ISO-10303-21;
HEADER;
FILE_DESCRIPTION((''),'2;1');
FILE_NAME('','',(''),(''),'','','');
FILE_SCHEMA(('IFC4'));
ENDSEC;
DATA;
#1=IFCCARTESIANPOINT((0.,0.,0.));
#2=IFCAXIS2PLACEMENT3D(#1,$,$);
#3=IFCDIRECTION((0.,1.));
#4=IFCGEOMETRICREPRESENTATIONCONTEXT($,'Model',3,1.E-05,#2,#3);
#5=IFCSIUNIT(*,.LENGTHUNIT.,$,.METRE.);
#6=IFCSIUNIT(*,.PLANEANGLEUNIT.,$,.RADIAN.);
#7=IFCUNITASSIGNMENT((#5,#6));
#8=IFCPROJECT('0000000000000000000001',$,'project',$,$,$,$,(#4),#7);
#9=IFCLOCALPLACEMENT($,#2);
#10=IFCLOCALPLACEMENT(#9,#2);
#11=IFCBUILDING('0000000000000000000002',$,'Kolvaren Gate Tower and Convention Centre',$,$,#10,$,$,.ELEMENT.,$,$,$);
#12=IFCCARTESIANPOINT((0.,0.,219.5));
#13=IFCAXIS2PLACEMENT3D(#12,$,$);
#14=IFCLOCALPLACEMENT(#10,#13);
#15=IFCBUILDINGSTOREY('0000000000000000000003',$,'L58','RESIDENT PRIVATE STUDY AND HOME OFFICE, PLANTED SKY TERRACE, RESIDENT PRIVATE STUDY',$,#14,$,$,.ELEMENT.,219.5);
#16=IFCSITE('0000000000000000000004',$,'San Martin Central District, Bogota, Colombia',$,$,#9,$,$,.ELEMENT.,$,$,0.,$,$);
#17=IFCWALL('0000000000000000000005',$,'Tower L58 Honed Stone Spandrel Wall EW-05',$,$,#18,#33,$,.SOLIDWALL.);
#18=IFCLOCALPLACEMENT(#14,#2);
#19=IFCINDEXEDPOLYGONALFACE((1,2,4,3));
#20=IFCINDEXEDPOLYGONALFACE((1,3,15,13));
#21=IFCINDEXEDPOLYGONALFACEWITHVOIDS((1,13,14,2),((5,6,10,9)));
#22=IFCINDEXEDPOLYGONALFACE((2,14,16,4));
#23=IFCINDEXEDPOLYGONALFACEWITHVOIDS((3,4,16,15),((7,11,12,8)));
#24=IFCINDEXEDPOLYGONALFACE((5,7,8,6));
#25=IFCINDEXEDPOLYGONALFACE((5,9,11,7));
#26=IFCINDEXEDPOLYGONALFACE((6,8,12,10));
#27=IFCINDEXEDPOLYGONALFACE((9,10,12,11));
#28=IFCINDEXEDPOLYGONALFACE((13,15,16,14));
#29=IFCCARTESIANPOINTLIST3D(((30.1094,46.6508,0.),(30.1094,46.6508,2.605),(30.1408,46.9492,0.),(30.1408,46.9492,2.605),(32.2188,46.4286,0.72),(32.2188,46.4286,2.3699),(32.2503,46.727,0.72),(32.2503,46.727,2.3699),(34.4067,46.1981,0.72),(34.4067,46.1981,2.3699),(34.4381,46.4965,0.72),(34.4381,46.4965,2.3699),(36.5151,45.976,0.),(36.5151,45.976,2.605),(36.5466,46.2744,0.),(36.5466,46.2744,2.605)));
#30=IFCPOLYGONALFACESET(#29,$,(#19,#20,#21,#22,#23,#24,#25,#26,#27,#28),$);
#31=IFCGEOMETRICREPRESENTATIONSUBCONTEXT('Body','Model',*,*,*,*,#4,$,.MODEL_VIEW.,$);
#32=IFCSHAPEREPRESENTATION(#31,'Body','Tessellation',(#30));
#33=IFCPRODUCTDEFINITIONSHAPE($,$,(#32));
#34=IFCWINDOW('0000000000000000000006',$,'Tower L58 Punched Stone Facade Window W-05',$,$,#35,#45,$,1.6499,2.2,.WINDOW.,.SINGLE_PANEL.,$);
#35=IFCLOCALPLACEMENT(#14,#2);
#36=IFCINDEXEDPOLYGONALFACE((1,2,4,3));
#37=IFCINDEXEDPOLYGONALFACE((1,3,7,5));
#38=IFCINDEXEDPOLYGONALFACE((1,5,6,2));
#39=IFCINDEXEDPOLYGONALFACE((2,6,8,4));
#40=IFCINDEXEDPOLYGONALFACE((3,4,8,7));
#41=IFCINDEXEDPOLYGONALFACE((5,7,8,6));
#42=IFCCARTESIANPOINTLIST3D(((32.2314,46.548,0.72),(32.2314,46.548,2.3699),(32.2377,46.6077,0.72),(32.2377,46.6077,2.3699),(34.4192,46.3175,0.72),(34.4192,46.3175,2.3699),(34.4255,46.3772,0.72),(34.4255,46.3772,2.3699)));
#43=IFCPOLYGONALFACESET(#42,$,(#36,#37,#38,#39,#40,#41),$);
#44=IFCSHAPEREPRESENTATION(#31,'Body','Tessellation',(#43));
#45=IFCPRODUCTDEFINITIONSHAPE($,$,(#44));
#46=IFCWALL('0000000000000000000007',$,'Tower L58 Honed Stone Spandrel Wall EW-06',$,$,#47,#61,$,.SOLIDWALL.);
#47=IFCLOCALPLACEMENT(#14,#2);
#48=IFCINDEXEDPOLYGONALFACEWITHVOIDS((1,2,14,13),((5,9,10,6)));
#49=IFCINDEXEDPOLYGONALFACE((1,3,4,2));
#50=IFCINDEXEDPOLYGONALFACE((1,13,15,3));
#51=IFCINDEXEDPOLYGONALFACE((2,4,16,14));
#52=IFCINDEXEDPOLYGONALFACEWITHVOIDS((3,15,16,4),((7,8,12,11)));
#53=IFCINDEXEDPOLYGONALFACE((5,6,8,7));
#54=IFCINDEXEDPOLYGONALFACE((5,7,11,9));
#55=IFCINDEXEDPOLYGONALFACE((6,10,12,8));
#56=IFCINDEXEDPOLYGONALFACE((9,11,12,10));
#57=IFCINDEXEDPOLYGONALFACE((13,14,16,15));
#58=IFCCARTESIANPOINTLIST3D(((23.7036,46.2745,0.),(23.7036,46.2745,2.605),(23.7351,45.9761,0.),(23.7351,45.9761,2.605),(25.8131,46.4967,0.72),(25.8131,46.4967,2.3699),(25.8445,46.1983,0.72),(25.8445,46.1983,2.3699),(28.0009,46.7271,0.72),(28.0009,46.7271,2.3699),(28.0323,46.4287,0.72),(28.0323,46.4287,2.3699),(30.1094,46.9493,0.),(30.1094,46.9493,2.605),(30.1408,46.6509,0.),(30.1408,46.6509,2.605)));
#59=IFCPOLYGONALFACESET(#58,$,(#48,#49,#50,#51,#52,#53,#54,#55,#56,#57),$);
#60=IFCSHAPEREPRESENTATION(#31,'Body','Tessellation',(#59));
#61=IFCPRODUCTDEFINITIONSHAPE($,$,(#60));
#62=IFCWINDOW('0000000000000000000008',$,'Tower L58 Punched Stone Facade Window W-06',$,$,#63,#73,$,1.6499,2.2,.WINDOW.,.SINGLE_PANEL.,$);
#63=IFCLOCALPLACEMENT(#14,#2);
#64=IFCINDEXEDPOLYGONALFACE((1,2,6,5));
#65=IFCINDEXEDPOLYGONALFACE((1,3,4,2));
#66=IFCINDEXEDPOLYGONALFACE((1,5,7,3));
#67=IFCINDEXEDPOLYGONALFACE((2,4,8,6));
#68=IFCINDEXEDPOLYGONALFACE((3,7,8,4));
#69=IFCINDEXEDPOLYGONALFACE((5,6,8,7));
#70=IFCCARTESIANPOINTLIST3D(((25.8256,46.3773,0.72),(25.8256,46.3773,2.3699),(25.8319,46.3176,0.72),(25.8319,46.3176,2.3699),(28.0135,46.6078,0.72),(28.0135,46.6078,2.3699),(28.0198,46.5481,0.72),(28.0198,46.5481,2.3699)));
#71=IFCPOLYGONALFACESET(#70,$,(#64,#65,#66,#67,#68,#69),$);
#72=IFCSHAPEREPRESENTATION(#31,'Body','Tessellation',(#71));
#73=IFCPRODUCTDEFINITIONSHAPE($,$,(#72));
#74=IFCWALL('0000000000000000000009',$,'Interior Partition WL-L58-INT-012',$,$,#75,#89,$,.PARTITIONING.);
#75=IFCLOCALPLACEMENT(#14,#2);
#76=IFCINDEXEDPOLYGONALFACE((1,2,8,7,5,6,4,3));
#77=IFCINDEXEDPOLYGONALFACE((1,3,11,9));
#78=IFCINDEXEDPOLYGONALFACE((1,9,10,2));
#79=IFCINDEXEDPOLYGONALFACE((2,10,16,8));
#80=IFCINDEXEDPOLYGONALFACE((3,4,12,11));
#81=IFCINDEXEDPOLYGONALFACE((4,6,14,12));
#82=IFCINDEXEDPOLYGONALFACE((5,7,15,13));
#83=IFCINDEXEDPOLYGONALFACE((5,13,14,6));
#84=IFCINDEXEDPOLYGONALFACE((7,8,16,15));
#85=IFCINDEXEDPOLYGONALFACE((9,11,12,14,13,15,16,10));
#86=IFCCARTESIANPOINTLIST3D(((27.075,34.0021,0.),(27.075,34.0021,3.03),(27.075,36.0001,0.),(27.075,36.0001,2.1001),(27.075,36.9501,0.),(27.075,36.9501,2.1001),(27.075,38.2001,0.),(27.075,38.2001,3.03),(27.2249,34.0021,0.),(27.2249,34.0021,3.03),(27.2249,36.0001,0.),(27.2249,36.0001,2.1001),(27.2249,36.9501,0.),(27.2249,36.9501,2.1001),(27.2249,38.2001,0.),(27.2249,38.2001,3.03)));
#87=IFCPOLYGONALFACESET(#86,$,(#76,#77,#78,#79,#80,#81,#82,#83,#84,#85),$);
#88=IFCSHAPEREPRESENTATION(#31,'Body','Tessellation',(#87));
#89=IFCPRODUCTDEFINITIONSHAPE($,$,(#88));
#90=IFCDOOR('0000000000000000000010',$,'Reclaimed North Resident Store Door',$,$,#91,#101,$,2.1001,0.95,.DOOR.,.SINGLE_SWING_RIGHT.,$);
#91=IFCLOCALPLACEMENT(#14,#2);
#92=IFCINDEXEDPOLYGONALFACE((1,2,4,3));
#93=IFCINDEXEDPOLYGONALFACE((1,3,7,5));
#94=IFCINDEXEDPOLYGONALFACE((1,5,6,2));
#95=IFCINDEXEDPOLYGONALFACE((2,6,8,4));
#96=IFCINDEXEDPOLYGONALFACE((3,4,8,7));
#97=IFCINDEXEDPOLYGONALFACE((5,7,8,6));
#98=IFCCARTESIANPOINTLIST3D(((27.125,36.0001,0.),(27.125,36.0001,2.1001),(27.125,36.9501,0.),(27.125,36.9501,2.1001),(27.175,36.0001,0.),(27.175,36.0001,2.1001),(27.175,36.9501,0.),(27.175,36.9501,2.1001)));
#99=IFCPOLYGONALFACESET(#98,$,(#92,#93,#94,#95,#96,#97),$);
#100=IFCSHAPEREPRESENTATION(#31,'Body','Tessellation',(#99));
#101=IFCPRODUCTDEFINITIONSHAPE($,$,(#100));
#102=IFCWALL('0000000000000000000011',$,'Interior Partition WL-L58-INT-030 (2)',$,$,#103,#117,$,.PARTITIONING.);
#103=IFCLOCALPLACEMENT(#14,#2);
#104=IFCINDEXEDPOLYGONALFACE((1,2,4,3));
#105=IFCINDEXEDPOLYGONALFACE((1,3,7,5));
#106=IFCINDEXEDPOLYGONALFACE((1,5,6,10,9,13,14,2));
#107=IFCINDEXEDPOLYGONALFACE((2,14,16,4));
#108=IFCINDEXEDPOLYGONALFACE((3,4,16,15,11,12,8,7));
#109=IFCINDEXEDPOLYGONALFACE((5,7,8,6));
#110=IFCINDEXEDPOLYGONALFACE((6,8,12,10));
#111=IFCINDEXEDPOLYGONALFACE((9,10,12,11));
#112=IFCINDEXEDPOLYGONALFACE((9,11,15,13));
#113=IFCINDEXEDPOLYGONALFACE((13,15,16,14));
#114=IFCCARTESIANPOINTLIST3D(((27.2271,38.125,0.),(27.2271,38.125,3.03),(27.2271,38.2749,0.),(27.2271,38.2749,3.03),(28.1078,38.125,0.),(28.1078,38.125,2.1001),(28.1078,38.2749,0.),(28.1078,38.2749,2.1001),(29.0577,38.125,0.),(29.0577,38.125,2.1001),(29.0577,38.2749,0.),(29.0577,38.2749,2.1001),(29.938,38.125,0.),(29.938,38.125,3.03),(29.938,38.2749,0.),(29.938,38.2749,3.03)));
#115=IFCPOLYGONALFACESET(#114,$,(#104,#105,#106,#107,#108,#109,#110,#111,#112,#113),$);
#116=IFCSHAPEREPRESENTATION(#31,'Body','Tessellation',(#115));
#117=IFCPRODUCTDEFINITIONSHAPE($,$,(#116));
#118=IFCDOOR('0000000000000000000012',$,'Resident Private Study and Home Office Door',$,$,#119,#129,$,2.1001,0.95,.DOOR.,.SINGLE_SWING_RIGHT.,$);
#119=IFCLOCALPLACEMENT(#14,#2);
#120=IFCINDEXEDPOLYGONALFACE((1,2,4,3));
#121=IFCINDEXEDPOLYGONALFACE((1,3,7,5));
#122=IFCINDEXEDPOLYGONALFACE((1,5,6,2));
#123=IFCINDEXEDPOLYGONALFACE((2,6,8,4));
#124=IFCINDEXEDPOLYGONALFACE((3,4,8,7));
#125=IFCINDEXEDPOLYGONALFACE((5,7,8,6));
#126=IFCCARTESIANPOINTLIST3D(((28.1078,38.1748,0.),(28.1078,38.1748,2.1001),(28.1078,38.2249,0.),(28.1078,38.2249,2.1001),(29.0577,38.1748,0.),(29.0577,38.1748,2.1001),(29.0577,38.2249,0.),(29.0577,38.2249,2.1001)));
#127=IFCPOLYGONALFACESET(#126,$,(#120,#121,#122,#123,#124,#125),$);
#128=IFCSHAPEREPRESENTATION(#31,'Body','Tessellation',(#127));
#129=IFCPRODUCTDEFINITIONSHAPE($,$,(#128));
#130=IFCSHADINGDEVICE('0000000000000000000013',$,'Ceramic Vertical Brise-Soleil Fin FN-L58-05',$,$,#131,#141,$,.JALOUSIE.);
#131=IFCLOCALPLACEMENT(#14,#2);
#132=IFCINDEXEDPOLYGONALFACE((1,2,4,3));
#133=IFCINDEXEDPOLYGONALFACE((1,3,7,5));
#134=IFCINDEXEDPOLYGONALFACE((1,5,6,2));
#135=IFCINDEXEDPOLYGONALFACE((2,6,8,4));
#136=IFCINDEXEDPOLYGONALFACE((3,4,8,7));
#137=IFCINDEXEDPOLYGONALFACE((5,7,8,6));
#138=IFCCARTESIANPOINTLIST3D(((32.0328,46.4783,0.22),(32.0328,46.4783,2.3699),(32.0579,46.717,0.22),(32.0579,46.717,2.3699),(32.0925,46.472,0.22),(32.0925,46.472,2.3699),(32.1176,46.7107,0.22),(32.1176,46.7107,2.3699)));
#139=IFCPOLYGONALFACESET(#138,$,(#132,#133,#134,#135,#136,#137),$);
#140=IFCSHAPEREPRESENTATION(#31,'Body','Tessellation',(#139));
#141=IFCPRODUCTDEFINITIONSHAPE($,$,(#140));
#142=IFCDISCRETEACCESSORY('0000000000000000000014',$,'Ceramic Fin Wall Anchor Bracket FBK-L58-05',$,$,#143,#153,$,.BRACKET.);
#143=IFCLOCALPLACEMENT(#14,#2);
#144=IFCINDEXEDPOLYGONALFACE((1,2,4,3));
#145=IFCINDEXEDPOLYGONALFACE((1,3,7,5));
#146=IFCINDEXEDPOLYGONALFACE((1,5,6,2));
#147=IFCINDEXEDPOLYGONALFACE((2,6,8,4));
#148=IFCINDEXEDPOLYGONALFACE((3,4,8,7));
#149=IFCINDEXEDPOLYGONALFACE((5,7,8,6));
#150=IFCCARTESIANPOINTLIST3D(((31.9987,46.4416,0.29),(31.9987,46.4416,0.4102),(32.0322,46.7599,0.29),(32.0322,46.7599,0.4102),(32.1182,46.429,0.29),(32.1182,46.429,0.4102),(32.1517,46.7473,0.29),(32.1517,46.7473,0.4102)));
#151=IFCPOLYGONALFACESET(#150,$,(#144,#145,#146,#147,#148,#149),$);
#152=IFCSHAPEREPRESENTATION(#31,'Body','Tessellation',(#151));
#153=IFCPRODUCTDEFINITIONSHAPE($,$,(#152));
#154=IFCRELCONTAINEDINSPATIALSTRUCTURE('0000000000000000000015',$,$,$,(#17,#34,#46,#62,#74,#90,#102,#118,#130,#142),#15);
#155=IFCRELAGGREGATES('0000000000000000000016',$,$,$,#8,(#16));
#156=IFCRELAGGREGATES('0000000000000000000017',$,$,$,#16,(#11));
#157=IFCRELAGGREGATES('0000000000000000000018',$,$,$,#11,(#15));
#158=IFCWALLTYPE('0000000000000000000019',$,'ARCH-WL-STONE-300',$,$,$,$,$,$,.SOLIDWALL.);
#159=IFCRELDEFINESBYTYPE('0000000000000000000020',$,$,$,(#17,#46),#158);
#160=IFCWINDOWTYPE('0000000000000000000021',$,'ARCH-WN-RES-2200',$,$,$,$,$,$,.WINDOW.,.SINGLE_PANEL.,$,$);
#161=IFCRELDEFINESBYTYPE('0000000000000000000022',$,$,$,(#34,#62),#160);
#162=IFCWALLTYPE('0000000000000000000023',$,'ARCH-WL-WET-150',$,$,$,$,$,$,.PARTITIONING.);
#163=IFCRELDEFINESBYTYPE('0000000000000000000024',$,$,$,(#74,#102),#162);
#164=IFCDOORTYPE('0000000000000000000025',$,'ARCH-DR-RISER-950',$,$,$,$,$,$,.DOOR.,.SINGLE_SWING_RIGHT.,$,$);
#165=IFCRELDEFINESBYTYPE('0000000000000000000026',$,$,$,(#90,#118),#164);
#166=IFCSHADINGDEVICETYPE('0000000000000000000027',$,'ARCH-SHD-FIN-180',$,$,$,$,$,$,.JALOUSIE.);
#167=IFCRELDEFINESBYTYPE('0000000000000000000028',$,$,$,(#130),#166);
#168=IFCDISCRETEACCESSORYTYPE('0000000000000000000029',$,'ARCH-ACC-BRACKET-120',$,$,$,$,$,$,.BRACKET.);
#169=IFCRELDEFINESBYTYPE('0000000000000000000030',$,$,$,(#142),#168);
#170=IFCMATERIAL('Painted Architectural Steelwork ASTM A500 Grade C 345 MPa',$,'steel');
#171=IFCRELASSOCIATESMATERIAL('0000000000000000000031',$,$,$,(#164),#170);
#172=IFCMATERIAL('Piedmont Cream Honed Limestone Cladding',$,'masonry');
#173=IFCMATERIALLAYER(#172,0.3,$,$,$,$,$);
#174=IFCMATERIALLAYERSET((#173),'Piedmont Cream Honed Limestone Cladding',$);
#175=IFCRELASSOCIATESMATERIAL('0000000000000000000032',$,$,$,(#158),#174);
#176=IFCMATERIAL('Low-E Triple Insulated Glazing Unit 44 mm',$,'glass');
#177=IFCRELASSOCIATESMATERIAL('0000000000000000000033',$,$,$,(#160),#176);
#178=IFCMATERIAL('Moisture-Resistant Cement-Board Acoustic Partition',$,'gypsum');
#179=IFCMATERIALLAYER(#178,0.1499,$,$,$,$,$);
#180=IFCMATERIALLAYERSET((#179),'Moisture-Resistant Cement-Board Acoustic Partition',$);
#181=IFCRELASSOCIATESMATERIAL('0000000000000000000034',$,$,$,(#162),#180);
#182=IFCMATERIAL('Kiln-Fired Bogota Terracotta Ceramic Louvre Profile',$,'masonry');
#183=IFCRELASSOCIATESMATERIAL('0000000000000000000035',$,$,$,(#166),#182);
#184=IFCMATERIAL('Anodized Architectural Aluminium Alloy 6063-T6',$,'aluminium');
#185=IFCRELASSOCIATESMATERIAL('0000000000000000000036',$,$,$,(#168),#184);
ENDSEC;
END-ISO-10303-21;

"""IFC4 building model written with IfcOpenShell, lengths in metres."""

from ifc_helpers import new_model, si_unit, direction, frame, frame_2d, origin, origin_2d, place, context, subcontext, project, spatial, rectangle, extrude, material, layer, layer_set, type_object, element, fill, save


model = new_model("IFC4")

# Units and contexts
model_context = context("Model", 3, precision=1e-05, world=origin(), true_north=direction((0.0, 1.0)))
body_context = subcontext(model_context, "Body", "Model", "MODEL_VIEW")
ifc_project = project(units=[si_unit("LENGTHUNIT", "METRE"), si_unit("PLANEANGLEUNIT", "RADIAN")], contexts=[model_context])

# Site, building, storey
site_placement = place(None, origin())
site = spatial("IfcSite", under=ifc_project, at=site_placement, Name="San Martin Central District, Bogota, Colombia", CompositionType="ELEMENT", RefElevation=0.0)
building_placement = place(site_placement, origin())
building = spatial("IfcBuilding", under=site, at=building_placement, Name="Kolvaren Gate Tower and Convention Centre", CompositionType="ELEMENT")
storey_placement = place(building_placement, frame((0.0, 0.0, 219.5)))
storey = spatial("IfcBuildingStorey", under=building, at=storey_placement, Name="L58", Description="RESIDENT PRIVATE STUDY AND HOME OFFICE, PLANTED SKY TERRACE, RESIDENT PRIVATE STUDY", CompositionType="ELEMENT", Elevation=219.5)

# Shared definitions
ifc_material_1 = material(Name="Painted Architectural Steelwork ASTM A500 Grade C 345 MPa", Category="steel")
door_type = type_object("IfcDoorType", Name="ARCH-DR-RISER-950", OperationType="SINGLE_SWING_RIGHT", PredefinedType="DOOR", material=ifc_material_1)

# Shared definitions
ifc_material_2 = material(Name="Piedmont Cream Honed Limestone Cladding", Category="masonry")

# Walls, openings, windows
ifc_layer_1 = layer(ifc_material_2, 0.3)
ifc_layer_set_1 = layer_set([ifc_layer_1], Name="Piedmont Cream Honed Limestone Cladding")
wall_type_1 = type_object("IfcWallType", Name="ARCH-WL-STONE-300", PredefinedType="SOLIDWALL", material=ifc_layer_set_1)
ifc_material_3 = material(Name="Low-E Triple Insulated Glazing Unit 44 mm", Category="glass")
window_type = type_object("IfcWindowType", Name="ARCH-WN-RES-2200", PartitioningType="SINGLE_PANEL", PredefinedType="WINDOW", material=ifc_material_3)
wall_1_placement = place(storey_placement, frame((30.125, 46.8, 0.0), z_axis=(0.0, 0.0, 1.0), x_axis=(0.994497, -0.104764, 0.0)))
wall_1 = element("IfcWall", 1, at=wall_1_placement, inside=storey, type_object=wall_type_1, Name="Tower L58 Honed Stone Spandrel Wall EW-05", PredefinedType="SOLIDWALL", context=body_context, shape_type="SweptSolid", body=[
    extrude(rectangle(XDim=6.4412, YDim=0.3, at=frame_2d((3.2207, 0.0))), origin(), (0.0, 0.0, 1.0), 2.605),
])
opening_1_placement = place(wall_1_placement, frame((2.1211, 0.0, 0.72)))
opening_1 = element("IfcOpeningElement", 2, at=opening_1_placement, cuts=wall_1, PredefinedType="OPENING", context=body_context, shape_type="SweptSolid", body=[
    extrude(rectangle(XDim=2.2, YDim=1.6499, at=frame_2d((1.1001, 0.825))), frame((0.0, 0.1599, 0.0), z_axis=(0.0, -1.0, 0.0), x_axis=(1.0, 0.0, 0.0)), (0.0, 0.0, 1.0), 0.3201),
])
window_1_placement = place(opening_1_placement, origin())
window_1 = element("IfcWindow", 3, at=window_1_placement, inside=storey, type_object=window_type, Name="Tower L58 Punched Stone Facade Window W-05", OverallHeight=1.6499, OverallWidth=2.2, PartitioningType="SINGLE_PANEL", PredefinedType="WINDOW", context=body_context, shape_type="SweptSolid", body=[
    extrude(rectangle(XDim=2.2, YDim=1.6499, at=frame_2d((1.1001, 0.825))), frame((0.0, 0.03, 0.0), z_axis=(0.0, -1.0, 0.0), x_axis=(1.0, 0.0, 0.0)), (0.0, 0.0, 1.0), 0.0601),
])
fill(opening_1, window_1)
wall_2_placement = place(storey_placement, frame((23.7192, 46.1252, 0.0), z_axis=(0.0, 0.0, 1.0), x_axis=(0.994497, 0.104764, 0.0)))
wall_2 = element("IfcWall", 4, at=wall_2_placement, inside=storey, type_object=wall_type_1, Name="Tower L58 Honed Stone Spandrel Wall EW-06", PredefinedType="SOLIDWALL", context=body_context, shape_type="SweptSolid", body=[
    extrude(rectangle(XDim=6.4412, YDim=0.3, at=frame_2d((3.2207, 0.0))), origin(), (0.0, 0.0, 1.0), 2.605),
])
opening_2_placement = place(wall_2_placement, frame((2.1211, 0.0, 0.72)))
opening_2 = element("IfcOpeningElement", 5, at=opening_2_placement, cuts=wall_2, PredefinedType="OPENING", context=body_context, shape_type="SweptSolid", body=[
    extrude(rectangle(XDim=2.2, YDim=1.6499, at=frame_2d((1.1001, 0.825))), frame((0.0, 0.1599, 0.0), z_axis=(0.0, -1.0, 0.0), x_axis=(1.0, 0.0, 0.0)), (0.0, 0.0, 1.0), 0.3201),
])
window_2_placement = place(opening_2_placement, origin())
window_2 = element("IfcWindow", 6, at=window_2_placement, inside=storey, type_object=window_type, Name="Tower L58 Punched Stone Facade Window W-06", OverallHeight=1.6499, OverallWidth=2.2, PartitioningType="SINGLE_PANEL", PredefinedType="WINDOW", context=body_context, shape_type="SweptSolid", body=[
    extrude(rectangle(XDim=2.2, YDim=1.6499, at=frame_2d((1.1001, 0.825))), frame((0.0, 0.03, 0.0), z_axis=(0.0, -1.0, 0.0), x_axis=(1.0, 0.0, 0.0)), (0.0, 0.0, 1.0), 0.0601),
])
fill(opening_2, window_2)

# Walls, openings, doors
ifc_material_4 = material(Name="Moisture-Resistant Cement-Board Acoustic Partition", Category="gypsum")
ifc_layer_2 = layer(ifc_material_4, 0.1499)
ifc_layer_set_2 = layer_set([ifc_layer_2], Name="Moisture-Resistant Cement-Board Acoustic Partition")
wall_type_2 = type_object("IfcWallType", Name="ARCH-WL-WET-150", PredefinedType="PARTITIONING", material=ifc_layer_set_2)
wall_3_placement = place(storey_placement, frame((27.1499, 34.002, 0.0), z_axis=(0.0, 0.0, 1.0), x_axis=(0.0, 1.0, 0.0)))
wall_3 = element("IfcWall", 7, at=wall_3_placement, inside=storey, type_object=wall_type_2, Name="Interior Partition WL-L58-INT-012", PredefinedType="PARTITIONING", context=body_context, shape_type="SweptSolid", body=[
    extrude(rectangle(XDim=4.198, YDim=0.1499, at=frame_2d((2.0991, 0.0))), origin(), (0.0, 0.0, 1.0), 3.03),
])
opening_3_placement = place(wall_3_placement, frame((1.998, 0.0, 0.0)))
opening_3 = element("IfcOpeningElement", 8, at=opening_3_placement, cuts=wall_3, PredefinedType="OPENING", context=body_context, shape_type="SweptSolid", body=[
    extrude(rectangle(XDim=0.95, YDim=2.1001, at=frame_2d((0.4751, 1.05))), frame((0.0, 0.085, 0.0), z_axis=(0.0, -1.0, 0.0), x_axis=(1.0, 0.0, 0.0)), (0.0, 0.0, 1.0), 0.1699),
])
door_1_placement = place(opening_3_placement, origin())
door_1 = element("IfcDoor", 9, at=door_1_placement, inside=storey, type_object=door_type, Name="Reclaimed North Resident Store Door", OperationType="SINGLE_SWING_RIGHT", OverallHeight=2.1001, OverallWidth=0.95, PredefinedType="DOOR", context=body_context, shape_type="SweptSolid", body=[
    extrude(rectangle(XDim=0.95, YDim=2.1001, at=frame_2d((0.4751, 1.05))), frame((0.0, 0.0249, 0.0), z_axis=(0.0, -1.0, 0.0), x_axis=(1.0, 0.0, 0.0)), (0.0, 0.0, 1.0), 0.05),
])
fill(opening_3, door_1)
wall_4_placement = place(storey_placement, frame((27.2271, 38.2, 0.0), z_axis=(0.0, 0.0, 1.0), x_axis=(1.0, 0.0, 0.0)))
wall_4 = element("IfcWall", 10, at=wall_4_placement, inside=storey, type_object=wall_type_2, Name="Interior Partition WL-L58-INT-030 (2)", PredefinedType="PARTITIONING", context=body_context, shape_type="SweptSolid", body=[
    extrude(rectangle(XDim=2.7109, YDim=0.1499, at=frame_2d((1.3555, 0.0))), origin(), (0.0, 0.0, 1.0), 3.03),
])
opening_4_placement = place(wall_4_placement, frame((0.8806, 0.0, 0.0)))
opening_4 = element("IfcOpeningElement", 11, at=opening_4_placement, cuts=wall_4, PredefinedType="OPENING", context=body_context, shape_type="SweptSolid", body=[
    extrude(rectangle(XDim=0.95, YDim=2.1001, at=frame_2d((0.4751, 1.05))), frame((0.0, 0.085, 0.0), z_axis=(0.0, -1.0, 0.0), x_axis=(1.0, 0.0, 0.0)), (0.0, 0.0, 1.0), 0.1699),
])
door_2_placement = place(opening_4_placement, origin())
door_2 = element("IfcDoor", 12, at=door_2_placement, inside=storey, type_object=door_type, Name="Resident Private Study and Home Office Door", OperationType="SINGLE_SWING_RIGHT", OverallHeight=2.1001, OverallWidth=0.95, PredefinedType="DOOR", context=body_context, shape_type="SweptSolid", body=[
    extrude(rectangle(XDim=0.95, YDim=2.1001, at=frame_2d((0.4751, 1.05))), frame((0.0, 0.0249, 0.0), z_axis=(0.0, -1.0, 0.0), x_axis=(1.0, 0.0, 0.0)), (0.0, 0.0, 1.0), 0.05),
])
fill(opening_4, door_2)

# Shading device
ifc_material_5 = material(Name="Kiln-Fired Bogota Terracotta Ceramic Louvre Profile", Category="masonry")
shading_device_type = type_object("IfcShadingDeviceType", Name="ARCH-SHD-FIN-180", PredefinedType="JALOUSIE", material=ifc_material_5)
shading_device_placement = place(storey_placement, frame((32.0752, 46.5945, 0.22), z_axis=(0.0, 0.0, 1.0), x_axis=(0.994499, -0.104747, 0.0)))
element("IfcShadingDevice", 13, at=shading_device_placement, inside=storey, type_object=shading_device_type, Name="Ceramic Vertical Brise-Soleil Fin FN-L58-05", PredefinedType="JALOUSIE", context=body_context, shape_type="SweptSolid", body=[
    extrude(rectangle(XDim=0.0601, YDim=0.24, at=origin_2d()), origin(), (0.0, 0.0, 1.0), 2.1499),
])

# Discrete accessory
ifc_material_6 = material(Name="Anodized Architectural Aluminium Alloy 6063-T6", Category="aluminium")
discrete_accessory_type = type_object("IfcDiscreteAccessoryType", Name="ARCH-ACC-BRACKET-120", PredefinedType="BRACKET", material=ifc_material_6)
discrete_accessory_placement = place(storey_placement, frame((32.0752, 46.5945, 0.29), z_axis=(0.0, 0.0, 1.0), x_axis=(0.994499, -0.104747, 0.0)))
element("IfcDiscreteAccessory", 14, at=discrete_accessory_placement, inside=storey, type_object=discrete_accessory_type, Name="Ceramic Fin Wall Anchor Bracket FBK-L58-05", PredefinedType="BRACKET", context=body_context, shape_type="SweptSolid", body=[
    extrude(rectangle(XDim=0.1201, YDim=0.3201, at=origin_2d()), origin(), (0.0, 0.0, 1.0), 0.1201),
])

save(model, "model.ifc")
